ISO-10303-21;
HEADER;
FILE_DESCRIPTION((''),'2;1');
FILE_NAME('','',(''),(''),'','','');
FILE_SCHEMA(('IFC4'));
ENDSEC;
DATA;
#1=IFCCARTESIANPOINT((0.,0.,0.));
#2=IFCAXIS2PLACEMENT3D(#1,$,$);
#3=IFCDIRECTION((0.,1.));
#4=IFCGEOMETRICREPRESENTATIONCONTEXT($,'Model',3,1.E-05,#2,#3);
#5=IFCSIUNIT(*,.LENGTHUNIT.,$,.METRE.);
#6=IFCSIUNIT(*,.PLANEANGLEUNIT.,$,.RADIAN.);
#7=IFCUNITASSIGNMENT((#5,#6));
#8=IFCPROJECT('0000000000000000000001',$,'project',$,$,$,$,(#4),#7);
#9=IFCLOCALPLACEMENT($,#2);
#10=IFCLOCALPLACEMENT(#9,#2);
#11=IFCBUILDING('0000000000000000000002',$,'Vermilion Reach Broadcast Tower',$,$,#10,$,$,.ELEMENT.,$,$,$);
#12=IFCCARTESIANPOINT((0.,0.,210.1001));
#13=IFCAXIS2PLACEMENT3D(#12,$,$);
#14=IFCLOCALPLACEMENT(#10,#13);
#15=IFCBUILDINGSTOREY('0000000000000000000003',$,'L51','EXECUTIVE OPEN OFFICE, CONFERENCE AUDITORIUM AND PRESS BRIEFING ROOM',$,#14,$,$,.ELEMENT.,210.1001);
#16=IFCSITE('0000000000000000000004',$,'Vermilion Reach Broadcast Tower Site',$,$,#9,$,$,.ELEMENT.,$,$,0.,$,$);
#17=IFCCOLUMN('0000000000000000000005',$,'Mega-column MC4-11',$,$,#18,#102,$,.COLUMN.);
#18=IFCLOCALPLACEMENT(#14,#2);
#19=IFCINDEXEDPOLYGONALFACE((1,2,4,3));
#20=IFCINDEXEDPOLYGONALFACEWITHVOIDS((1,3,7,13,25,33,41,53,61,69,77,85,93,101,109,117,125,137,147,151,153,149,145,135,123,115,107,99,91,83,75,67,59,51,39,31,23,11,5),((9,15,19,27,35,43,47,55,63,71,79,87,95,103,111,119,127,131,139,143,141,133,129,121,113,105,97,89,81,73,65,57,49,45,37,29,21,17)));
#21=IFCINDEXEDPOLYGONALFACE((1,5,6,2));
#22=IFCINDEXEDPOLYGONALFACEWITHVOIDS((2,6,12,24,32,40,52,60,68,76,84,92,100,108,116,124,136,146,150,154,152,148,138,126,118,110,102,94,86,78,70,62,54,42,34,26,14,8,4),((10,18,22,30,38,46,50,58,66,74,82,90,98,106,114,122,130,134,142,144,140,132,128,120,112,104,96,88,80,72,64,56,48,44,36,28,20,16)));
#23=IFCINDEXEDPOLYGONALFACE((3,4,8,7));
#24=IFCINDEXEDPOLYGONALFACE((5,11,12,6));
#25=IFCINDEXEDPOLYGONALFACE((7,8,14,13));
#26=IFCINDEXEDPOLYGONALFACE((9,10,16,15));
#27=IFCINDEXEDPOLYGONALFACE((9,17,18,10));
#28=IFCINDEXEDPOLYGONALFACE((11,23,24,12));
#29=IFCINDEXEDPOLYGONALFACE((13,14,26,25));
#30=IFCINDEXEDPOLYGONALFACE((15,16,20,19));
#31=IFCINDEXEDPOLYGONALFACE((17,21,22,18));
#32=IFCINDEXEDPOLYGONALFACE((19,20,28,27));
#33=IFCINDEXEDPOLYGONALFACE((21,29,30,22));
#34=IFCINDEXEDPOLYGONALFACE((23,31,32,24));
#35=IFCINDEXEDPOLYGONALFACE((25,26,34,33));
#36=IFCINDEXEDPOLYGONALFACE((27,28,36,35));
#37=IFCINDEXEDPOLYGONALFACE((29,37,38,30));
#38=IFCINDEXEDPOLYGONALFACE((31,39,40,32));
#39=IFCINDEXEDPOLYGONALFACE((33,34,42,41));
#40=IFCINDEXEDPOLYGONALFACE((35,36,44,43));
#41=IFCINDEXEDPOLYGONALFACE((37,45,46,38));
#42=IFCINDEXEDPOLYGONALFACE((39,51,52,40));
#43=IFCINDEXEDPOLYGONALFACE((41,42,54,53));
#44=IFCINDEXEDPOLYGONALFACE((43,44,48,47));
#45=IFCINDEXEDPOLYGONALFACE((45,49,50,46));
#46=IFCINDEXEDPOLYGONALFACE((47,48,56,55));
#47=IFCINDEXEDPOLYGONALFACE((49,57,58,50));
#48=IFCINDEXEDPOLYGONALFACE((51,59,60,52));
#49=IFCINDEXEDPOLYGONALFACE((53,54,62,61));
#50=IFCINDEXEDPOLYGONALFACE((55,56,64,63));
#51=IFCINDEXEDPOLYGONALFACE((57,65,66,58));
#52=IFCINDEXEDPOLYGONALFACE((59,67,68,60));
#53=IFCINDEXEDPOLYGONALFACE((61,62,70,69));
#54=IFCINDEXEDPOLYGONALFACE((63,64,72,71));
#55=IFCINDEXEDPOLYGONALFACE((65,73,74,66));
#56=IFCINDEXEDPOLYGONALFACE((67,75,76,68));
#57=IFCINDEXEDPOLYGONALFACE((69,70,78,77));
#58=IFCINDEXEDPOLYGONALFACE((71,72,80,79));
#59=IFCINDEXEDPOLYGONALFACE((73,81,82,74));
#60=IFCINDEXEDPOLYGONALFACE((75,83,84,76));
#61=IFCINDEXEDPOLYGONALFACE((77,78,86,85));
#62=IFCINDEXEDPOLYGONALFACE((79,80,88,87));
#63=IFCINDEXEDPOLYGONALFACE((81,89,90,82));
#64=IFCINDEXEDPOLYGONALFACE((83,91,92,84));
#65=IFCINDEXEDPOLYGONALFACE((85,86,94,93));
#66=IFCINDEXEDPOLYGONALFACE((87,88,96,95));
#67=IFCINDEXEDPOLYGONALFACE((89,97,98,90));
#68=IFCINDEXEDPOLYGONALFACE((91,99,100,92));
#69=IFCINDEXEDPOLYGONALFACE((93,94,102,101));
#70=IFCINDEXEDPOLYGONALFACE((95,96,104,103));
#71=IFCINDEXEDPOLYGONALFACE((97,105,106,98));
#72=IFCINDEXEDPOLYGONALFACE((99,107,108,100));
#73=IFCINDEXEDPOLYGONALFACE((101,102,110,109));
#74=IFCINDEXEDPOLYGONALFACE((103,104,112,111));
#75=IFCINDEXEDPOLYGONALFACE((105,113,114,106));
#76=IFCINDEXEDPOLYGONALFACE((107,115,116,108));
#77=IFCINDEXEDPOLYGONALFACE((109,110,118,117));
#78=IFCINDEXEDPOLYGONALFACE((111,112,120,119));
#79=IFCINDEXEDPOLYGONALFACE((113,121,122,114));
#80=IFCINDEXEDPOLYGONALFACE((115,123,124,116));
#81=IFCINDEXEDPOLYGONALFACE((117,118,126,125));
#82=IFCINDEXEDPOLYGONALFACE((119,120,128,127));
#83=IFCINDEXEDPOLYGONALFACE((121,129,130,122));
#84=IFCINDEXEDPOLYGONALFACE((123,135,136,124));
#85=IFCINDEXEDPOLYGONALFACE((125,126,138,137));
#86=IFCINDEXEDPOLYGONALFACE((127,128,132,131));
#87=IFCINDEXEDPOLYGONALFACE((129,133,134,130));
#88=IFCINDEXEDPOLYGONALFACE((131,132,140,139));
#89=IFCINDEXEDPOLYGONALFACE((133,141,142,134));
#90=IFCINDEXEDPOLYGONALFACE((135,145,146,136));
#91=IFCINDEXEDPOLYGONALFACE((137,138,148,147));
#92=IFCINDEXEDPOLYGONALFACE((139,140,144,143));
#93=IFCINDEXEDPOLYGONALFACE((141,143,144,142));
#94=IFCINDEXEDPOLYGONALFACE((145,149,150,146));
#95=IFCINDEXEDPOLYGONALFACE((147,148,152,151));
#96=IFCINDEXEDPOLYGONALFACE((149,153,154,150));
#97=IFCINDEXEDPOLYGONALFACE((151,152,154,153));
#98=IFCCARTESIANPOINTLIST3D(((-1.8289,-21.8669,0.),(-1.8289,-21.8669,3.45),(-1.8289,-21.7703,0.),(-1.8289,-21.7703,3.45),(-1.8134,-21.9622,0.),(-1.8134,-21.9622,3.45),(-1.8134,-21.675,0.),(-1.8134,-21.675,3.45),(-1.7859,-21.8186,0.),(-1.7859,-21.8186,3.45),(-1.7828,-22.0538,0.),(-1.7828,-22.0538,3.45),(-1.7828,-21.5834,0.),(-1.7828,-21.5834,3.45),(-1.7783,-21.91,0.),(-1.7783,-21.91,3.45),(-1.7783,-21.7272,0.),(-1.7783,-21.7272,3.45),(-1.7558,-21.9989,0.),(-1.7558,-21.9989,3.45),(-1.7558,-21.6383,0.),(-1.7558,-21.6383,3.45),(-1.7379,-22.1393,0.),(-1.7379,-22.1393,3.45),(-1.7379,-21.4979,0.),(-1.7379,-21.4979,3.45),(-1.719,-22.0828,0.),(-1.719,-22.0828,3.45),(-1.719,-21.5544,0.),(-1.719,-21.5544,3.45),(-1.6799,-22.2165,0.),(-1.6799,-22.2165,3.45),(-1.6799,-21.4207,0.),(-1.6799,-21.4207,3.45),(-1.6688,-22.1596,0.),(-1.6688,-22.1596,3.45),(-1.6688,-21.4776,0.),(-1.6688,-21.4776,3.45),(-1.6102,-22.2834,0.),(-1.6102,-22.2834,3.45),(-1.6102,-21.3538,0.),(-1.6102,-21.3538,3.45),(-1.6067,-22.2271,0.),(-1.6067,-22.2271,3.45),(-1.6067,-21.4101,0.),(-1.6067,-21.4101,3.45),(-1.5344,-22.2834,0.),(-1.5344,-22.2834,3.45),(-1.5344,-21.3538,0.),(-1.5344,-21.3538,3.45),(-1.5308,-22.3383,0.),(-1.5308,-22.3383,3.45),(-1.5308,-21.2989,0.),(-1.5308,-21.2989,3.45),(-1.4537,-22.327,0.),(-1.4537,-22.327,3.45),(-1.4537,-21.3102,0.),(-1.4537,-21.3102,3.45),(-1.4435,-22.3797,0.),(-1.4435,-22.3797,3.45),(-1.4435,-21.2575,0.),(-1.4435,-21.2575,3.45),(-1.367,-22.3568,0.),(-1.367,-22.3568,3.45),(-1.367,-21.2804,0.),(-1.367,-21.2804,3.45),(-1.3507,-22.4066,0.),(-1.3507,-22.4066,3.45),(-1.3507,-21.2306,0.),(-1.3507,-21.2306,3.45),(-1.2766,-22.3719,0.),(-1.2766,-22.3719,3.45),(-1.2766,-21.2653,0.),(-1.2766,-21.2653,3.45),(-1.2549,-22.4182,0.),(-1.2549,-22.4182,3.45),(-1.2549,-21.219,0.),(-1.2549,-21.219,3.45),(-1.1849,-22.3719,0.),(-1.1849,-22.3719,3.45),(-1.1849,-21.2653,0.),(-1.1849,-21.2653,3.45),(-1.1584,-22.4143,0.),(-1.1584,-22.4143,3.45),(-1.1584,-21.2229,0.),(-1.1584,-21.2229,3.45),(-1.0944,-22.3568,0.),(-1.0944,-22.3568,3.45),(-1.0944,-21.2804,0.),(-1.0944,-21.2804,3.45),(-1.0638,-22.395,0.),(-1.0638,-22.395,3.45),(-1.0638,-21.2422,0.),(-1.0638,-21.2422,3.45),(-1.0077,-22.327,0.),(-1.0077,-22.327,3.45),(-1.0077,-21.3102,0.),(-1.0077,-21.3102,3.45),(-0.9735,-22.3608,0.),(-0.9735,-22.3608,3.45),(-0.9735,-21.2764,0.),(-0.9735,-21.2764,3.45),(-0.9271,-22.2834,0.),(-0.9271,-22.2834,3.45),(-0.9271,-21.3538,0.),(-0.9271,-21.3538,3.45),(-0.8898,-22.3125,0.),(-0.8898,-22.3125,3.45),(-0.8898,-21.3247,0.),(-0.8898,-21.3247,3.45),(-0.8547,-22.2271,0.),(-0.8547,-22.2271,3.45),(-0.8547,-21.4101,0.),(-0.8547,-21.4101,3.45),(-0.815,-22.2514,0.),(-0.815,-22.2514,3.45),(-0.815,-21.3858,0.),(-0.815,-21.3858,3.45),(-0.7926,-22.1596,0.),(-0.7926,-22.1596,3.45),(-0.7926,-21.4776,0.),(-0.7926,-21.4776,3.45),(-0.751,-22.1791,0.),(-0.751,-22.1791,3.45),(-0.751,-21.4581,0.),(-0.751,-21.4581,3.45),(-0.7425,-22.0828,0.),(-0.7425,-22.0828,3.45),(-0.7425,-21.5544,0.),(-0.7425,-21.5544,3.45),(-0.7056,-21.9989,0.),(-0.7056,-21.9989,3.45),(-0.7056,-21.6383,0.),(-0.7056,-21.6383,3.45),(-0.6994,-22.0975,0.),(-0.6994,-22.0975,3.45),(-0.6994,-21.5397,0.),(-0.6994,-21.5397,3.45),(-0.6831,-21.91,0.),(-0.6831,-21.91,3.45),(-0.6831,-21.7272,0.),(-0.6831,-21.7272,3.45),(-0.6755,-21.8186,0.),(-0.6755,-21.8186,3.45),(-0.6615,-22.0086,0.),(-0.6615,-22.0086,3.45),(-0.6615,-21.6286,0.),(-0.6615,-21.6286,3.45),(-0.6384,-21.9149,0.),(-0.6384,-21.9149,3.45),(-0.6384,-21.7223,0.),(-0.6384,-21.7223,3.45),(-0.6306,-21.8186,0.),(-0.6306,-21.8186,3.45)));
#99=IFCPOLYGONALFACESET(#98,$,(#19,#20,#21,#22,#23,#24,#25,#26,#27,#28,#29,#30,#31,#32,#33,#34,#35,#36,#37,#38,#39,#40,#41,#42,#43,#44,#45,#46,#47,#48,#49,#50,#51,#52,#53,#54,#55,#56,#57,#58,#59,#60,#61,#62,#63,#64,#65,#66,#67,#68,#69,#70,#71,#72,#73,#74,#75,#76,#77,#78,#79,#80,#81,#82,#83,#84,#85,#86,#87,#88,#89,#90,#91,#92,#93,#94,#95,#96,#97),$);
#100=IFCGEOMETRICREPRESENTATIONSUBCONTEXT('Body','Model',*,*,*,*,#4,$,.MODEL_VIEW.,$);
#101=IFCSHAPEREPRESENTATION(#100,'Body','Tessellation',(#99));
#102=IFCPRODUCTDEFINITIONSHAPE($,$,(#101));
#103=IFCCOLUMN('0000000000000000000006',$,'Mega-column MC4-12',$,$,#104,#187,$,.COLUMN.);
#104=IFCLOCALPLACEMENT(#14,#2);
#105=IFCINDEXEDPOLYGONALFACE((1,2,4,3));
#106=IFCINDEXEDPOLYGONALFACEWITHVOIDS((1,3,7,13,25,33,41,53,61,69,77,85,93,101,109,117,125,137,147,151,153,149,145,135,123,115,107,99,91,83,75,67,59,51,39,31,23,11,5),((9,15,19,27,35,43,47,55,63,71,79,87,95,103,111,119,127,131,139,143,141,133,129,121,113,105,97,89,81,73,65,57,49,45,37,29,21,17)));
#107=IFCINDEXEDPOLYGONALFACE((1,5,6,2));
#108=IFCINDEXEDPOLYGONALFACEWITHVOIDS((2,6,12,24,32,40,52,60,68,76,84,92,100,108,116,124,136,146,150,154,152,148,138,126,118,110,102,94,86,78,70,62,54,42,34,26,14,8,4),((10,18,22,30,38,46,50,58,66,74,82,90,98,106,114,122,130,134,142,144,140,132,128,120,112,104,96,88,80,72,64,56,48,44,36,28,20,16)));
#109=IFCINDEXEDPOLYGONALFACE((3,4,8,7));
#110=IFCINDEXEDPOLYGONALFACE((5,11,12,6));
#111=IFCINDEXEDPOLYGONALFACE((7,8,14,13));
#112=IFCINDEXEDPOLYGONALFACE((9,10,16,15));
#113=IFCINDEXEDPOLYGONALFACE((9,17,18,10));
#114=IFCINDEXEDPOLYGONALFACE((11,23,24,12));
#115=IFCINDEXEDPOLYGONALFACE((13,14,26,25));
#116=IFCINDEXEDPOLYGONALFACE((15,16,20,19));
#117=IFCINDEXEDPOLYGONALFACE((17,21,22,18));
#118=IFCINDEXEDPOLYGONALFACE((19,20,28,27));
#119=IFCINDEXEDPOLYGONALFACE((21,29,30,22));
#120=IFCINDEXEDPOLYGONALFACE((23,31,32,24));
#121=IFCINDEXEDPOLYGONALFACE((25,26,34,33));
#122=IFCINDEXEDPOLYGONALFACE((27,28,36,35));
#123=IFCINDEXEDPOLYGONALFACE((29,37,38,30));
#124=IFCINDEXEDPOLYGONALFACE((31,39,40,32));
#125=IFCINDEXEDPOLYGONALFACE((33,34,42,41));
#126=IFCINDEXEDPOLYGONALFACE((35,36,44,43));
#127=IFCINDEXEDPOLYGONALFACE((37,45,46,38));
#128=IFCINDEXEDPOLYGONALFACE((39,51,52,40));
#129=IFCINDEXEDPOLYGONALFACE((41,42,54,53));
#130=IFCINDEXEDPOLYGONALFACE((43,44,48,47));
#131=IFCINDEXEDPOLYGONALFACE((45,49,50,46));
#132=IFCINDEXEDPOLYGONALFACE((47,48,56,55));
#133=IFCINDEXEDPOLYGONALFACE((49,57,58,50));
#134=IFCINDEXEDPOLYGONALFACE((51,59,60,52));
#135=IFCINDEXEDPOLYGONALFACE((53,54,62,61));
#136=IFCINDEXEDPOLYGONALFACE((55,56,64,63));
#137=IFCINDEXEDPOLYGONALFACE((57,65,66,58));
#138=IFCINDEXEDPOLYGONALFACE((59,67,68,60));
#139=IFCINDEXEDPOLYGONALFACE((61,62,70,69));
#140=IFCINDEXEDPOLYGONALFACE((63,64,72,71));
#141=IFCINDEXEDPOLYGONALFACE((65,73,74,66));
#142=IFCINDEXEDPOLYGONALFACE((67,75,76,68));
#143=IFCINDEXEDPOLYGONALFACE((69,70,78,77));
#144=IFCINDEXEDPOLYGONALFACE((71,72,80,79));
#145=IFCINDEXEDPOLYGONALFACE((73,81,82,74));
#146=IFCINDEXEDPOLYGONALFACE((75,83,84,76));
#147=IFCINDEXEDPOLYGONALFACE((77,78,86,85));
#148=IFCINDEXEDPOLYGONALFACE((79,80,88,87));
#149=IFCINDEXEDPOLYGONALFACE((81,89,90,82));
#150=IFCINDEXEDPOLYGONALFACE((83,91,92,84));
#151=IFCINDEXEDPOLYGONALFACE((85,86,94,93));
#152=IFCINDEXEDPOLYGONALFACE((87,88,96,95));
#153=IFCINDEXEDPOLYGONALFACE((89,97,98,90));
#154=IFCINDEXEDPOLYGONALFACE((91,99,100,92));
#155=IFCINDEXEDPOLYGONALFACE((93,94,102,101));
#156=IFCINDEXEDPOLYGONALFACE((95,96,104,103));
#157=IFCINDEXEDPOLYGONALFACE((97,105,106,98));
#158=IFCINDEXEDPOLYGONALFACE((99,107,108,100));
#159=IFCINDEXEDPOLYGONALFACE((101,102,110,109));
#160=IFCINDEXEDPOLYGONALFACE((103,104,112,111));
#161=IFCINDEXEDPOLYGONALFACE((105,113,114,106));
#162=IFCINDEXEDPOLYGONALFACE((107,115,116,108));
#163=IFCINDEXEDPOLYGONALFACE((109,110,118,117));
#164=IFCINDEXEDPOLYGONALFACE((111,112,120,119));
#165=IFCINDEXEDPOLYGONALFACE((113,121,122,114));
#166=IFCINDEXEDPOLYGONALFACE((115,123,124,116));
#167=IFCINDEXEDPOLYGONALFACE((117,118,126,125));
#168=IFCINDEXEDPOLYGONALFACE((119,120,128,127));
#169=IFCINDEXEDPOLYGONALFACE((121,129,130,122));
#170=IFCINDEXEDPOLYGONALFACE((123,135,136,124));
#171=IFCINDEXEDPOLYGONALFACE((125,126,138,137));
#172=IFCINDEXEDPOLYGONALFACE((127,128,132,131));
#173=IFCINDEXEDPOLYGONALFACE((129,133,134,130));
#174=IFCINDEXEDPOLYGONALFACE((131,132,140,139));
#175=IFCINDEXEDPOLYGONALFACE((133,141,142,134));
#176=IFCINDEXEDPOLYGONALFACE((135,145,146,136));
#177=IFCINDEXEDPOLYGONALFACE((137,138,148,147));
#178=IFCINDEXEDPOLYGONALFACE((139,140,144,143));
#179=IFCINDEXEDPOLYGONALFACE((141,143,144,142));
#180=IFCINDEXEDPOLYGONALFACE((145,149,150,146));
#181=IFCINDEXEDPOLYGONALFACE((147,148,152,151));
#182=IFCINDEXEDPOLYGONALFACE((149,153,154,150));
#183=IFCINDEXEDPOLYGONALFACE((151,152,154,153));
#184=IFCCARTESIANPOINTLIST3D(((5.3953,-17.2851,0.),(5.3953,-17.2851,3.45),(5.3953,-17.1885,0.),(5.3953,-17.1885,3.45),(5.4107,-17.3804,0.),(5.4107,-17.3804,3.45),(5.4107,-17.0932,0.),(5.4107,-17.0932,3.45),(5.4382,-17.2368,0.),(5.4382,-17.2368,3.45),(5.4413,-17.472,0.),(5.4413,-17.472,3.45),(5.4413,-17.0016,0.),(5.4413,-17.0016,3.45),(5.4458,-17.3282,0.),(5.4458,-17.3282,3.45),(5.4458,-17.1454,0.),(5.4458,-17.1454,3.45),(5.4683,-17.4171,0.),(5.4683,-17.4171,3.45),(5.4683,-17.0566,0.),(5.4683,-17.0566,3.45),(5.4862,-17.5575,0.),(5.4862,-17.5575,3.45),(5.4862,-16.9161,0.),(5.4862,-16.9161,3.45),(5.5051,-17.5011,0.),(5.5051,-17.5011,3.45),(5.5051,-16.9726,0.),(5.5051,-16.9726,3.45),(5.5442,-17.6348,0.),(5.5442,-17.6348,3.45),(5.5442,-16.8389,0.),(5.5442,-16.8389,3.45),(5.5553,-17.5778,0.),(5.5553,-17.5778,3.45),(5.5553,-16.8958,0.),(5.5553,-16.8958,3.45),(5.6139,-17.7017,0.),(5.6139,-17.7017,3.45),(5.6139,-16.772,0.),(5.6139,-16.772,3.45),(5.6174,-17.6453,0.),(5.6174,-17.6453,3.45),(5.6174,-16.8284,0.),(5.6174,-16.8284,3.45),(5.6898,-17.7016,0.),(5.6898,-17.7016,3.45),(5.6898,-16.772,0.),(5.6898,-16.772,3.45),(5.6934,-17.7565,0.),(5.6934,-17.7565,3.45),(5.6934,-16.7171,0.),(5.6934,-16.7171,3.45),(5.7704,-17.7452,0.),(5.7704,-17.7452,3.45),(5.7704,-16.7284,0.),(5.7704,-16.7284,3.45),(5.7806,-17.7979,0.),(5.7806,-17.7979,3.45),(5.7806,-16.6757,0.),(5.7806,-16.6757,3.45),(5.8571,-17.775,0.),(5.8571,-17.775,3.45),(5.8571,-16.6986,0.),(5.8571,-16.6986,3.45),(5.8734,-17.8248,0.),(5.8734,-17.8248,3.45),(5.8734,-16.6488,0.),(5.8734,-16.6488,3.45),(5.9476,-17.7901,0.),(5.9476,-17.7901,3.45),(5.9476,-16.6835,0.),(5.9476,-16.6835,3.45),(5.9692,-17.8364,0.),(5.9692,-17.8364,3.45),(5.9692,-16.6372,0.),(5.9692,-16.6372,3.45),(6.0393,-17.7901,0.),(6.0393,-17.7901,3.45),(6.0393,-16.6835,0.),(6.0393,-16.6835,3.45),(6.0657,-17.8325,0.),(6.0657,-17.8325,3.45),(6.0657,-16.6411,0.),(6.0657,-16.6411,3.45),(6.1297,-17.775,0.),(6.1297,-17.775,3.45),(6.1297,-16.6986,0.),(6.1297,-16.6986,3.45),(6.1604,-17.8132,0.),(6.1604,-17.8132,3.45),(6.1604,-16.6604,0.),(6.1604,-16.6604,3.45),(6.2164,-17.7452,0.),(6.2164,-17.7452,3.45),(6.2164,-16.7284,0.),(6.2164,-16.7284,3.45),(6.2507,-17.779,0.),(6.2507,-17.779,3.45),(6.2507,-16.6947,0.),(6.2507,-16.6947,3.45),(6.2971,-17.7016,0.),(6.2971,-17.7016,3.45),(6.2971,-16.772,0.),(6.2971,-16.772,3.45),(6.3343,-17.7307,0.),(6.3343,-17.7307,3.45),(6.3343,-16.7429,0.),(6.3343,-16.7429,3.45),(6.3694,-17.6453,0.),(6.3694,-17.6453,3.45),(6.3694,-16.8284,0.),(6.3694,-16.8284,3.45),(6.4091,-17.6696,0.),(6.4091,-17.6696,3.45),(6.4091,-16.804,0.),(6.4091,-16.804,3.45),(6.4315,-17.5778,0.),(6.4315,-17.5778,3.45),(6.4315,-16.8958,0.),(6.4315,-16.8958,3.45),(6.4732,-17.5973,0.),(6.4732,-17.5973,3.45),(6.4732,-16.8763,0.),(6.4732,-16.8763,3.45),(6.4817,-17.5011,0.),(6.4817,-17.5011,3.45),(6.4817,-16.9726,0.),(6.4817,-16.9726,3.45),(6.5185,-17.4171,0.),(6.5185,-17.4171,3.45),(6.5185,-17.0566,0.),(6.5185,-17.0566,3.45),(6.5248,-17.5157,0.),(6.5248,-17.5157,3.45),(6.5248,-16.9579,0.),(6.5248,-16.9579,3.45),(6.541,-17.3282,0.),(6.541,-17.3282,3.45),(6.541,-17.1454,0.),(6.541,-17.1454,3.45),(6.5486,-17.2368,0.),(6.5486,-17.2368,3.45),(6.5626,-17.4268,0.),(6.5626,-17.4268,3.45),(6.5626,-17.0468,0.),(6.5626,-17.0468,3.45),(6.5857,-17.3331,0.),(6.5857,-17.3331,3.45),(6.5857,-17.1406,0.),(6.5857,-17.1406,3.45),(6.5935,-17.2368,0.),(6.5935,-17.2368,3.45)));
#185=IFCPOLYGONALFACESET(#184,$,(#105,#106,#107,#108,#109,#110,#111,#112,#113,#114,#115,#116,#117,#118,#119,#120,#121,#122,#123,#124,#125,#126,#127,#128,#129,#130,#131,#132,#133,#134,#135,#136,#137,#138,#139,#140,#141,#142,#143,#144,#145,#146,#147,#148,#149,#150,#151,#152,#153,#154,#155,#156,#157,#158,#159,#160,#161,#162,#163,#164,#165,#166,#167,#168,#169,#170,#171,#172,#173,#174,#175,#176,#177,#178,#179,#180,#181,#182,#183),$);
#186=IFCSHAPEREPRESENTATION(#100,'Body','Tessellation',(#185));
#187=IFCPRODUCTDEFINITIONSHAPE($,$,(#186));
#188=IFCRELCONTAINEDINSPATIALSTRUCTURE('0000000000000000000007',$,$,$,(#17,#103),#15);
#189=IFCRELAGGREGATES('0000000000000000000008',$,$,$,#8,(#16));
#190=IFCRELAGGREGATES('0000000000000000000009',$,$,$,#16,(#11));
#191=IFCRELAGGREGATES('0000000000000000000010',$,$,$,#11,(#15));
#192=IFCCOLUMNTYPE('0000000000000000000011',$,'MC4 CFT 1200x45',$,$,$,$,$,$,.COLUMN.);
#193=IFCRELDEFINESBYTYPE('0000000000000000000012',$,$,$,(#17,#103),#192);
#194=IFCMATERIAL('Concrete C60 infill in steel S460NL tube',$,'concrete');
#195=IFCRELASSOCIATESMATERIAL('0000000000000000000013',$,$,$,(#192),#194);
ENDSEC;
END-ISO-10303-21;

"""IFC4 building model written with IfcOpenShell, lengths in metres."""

from ifc_helpers import new_model, si_unit, direction, frame, origin, origin_2d, place, context, subcontext, project, spatial, hollow_circle, extrude, material, material_profile, profile_set, type_object, element, save


model = new_model("IFC4")

# Units and contexts
model_context = context("Model", 3, precision=1e-05, world=origin(), true_north=direction((0.0, 1.0)))
body_context = subcontext(model_context, "Body", "Model", "MODEL_VIEW")
ifc_project = project(units=[si_unit("LENGTHUNIT", "METRE"), si_unit("PLANEANGLEUNIT", "RADIAN")], contexts=[model_context])

# Site, building, storey
site_placement = place(None, origin())
site = spatial("IfcSite", under=ifc_project, at=site_placement, Name="Vermilion Reach Broadcast Tower Site", CompositionType="ELEMENT", RefElevation=0.0)
building_placement = place(site_placement, origin())
building = spatial("IfcBuilding", under=site, at=building_placement, Name="Vermilion Reach Broadcast Tower", CompositionType="ELEMENT")
storey_placement = place(building_placement, frame((0.0, 0.0, 210.1001)))
storey = spatial("IfcBuildingStorey", under=building, at=storey_placement, Name="L51", Description="EXECUTIVE OPEN OFFICE, CONFERENCE AUDITORIUM AND PRESS BRIEFING ROOM", CompositionType="ELEMENT", Elevation=210.1001)

# Columns
ifc_material_1 = material(Name="Concrete C60 infill in steel S460NL tube", Category="concrete")
ifc_material_profile_1 = material_profile(ifc_material_1, hollow_circle(Radius=0.6001, WallThickness=0.0449, at=origin_2d()), Name="Concrete C60 infill in steel S460NL tube CFT 1200x45")
ifc_profile_set_1 = profile_set([ifc_material_profile_1], Name="Concrete C60 infill in steel S460NL tube")
column_type = type_object("IfcColumnType", Name="MC4 CFT 1200x45", PredefinedType="COLUMN", material=ifc_profile_set_1)
for number, where, z_axis, x_axis, name in (
    (1, (-1.2307, -21.8186, 0.0), (0.0, 0.0, 1.0), (1.0, 0.0, 0.0), "Mega-column MC4-11"),
    (2, (5.9934, -17.2368, 0.0), (0.0, 0.0, 1.0), (1.0, 0.0, 0.0), "Mega-column MC4-12"),
):
    element("IfcColumn", number, at=place(storey_placement, frame(where, z_axis=z_axis, x_axis=x_axis)), inside=storey, type_object=column_type, Name=name, PredefinedType="COLUMN", context=body_context, shape_type="SweptSolid", body=[
        extrude(hollow_circle(Radius=0.6001, WallThickness=0.0449, at=origin_2d()), origin(), (0.0, 0.0, 1.0), 3.45),
    ])

save(model, "model.ifc")
